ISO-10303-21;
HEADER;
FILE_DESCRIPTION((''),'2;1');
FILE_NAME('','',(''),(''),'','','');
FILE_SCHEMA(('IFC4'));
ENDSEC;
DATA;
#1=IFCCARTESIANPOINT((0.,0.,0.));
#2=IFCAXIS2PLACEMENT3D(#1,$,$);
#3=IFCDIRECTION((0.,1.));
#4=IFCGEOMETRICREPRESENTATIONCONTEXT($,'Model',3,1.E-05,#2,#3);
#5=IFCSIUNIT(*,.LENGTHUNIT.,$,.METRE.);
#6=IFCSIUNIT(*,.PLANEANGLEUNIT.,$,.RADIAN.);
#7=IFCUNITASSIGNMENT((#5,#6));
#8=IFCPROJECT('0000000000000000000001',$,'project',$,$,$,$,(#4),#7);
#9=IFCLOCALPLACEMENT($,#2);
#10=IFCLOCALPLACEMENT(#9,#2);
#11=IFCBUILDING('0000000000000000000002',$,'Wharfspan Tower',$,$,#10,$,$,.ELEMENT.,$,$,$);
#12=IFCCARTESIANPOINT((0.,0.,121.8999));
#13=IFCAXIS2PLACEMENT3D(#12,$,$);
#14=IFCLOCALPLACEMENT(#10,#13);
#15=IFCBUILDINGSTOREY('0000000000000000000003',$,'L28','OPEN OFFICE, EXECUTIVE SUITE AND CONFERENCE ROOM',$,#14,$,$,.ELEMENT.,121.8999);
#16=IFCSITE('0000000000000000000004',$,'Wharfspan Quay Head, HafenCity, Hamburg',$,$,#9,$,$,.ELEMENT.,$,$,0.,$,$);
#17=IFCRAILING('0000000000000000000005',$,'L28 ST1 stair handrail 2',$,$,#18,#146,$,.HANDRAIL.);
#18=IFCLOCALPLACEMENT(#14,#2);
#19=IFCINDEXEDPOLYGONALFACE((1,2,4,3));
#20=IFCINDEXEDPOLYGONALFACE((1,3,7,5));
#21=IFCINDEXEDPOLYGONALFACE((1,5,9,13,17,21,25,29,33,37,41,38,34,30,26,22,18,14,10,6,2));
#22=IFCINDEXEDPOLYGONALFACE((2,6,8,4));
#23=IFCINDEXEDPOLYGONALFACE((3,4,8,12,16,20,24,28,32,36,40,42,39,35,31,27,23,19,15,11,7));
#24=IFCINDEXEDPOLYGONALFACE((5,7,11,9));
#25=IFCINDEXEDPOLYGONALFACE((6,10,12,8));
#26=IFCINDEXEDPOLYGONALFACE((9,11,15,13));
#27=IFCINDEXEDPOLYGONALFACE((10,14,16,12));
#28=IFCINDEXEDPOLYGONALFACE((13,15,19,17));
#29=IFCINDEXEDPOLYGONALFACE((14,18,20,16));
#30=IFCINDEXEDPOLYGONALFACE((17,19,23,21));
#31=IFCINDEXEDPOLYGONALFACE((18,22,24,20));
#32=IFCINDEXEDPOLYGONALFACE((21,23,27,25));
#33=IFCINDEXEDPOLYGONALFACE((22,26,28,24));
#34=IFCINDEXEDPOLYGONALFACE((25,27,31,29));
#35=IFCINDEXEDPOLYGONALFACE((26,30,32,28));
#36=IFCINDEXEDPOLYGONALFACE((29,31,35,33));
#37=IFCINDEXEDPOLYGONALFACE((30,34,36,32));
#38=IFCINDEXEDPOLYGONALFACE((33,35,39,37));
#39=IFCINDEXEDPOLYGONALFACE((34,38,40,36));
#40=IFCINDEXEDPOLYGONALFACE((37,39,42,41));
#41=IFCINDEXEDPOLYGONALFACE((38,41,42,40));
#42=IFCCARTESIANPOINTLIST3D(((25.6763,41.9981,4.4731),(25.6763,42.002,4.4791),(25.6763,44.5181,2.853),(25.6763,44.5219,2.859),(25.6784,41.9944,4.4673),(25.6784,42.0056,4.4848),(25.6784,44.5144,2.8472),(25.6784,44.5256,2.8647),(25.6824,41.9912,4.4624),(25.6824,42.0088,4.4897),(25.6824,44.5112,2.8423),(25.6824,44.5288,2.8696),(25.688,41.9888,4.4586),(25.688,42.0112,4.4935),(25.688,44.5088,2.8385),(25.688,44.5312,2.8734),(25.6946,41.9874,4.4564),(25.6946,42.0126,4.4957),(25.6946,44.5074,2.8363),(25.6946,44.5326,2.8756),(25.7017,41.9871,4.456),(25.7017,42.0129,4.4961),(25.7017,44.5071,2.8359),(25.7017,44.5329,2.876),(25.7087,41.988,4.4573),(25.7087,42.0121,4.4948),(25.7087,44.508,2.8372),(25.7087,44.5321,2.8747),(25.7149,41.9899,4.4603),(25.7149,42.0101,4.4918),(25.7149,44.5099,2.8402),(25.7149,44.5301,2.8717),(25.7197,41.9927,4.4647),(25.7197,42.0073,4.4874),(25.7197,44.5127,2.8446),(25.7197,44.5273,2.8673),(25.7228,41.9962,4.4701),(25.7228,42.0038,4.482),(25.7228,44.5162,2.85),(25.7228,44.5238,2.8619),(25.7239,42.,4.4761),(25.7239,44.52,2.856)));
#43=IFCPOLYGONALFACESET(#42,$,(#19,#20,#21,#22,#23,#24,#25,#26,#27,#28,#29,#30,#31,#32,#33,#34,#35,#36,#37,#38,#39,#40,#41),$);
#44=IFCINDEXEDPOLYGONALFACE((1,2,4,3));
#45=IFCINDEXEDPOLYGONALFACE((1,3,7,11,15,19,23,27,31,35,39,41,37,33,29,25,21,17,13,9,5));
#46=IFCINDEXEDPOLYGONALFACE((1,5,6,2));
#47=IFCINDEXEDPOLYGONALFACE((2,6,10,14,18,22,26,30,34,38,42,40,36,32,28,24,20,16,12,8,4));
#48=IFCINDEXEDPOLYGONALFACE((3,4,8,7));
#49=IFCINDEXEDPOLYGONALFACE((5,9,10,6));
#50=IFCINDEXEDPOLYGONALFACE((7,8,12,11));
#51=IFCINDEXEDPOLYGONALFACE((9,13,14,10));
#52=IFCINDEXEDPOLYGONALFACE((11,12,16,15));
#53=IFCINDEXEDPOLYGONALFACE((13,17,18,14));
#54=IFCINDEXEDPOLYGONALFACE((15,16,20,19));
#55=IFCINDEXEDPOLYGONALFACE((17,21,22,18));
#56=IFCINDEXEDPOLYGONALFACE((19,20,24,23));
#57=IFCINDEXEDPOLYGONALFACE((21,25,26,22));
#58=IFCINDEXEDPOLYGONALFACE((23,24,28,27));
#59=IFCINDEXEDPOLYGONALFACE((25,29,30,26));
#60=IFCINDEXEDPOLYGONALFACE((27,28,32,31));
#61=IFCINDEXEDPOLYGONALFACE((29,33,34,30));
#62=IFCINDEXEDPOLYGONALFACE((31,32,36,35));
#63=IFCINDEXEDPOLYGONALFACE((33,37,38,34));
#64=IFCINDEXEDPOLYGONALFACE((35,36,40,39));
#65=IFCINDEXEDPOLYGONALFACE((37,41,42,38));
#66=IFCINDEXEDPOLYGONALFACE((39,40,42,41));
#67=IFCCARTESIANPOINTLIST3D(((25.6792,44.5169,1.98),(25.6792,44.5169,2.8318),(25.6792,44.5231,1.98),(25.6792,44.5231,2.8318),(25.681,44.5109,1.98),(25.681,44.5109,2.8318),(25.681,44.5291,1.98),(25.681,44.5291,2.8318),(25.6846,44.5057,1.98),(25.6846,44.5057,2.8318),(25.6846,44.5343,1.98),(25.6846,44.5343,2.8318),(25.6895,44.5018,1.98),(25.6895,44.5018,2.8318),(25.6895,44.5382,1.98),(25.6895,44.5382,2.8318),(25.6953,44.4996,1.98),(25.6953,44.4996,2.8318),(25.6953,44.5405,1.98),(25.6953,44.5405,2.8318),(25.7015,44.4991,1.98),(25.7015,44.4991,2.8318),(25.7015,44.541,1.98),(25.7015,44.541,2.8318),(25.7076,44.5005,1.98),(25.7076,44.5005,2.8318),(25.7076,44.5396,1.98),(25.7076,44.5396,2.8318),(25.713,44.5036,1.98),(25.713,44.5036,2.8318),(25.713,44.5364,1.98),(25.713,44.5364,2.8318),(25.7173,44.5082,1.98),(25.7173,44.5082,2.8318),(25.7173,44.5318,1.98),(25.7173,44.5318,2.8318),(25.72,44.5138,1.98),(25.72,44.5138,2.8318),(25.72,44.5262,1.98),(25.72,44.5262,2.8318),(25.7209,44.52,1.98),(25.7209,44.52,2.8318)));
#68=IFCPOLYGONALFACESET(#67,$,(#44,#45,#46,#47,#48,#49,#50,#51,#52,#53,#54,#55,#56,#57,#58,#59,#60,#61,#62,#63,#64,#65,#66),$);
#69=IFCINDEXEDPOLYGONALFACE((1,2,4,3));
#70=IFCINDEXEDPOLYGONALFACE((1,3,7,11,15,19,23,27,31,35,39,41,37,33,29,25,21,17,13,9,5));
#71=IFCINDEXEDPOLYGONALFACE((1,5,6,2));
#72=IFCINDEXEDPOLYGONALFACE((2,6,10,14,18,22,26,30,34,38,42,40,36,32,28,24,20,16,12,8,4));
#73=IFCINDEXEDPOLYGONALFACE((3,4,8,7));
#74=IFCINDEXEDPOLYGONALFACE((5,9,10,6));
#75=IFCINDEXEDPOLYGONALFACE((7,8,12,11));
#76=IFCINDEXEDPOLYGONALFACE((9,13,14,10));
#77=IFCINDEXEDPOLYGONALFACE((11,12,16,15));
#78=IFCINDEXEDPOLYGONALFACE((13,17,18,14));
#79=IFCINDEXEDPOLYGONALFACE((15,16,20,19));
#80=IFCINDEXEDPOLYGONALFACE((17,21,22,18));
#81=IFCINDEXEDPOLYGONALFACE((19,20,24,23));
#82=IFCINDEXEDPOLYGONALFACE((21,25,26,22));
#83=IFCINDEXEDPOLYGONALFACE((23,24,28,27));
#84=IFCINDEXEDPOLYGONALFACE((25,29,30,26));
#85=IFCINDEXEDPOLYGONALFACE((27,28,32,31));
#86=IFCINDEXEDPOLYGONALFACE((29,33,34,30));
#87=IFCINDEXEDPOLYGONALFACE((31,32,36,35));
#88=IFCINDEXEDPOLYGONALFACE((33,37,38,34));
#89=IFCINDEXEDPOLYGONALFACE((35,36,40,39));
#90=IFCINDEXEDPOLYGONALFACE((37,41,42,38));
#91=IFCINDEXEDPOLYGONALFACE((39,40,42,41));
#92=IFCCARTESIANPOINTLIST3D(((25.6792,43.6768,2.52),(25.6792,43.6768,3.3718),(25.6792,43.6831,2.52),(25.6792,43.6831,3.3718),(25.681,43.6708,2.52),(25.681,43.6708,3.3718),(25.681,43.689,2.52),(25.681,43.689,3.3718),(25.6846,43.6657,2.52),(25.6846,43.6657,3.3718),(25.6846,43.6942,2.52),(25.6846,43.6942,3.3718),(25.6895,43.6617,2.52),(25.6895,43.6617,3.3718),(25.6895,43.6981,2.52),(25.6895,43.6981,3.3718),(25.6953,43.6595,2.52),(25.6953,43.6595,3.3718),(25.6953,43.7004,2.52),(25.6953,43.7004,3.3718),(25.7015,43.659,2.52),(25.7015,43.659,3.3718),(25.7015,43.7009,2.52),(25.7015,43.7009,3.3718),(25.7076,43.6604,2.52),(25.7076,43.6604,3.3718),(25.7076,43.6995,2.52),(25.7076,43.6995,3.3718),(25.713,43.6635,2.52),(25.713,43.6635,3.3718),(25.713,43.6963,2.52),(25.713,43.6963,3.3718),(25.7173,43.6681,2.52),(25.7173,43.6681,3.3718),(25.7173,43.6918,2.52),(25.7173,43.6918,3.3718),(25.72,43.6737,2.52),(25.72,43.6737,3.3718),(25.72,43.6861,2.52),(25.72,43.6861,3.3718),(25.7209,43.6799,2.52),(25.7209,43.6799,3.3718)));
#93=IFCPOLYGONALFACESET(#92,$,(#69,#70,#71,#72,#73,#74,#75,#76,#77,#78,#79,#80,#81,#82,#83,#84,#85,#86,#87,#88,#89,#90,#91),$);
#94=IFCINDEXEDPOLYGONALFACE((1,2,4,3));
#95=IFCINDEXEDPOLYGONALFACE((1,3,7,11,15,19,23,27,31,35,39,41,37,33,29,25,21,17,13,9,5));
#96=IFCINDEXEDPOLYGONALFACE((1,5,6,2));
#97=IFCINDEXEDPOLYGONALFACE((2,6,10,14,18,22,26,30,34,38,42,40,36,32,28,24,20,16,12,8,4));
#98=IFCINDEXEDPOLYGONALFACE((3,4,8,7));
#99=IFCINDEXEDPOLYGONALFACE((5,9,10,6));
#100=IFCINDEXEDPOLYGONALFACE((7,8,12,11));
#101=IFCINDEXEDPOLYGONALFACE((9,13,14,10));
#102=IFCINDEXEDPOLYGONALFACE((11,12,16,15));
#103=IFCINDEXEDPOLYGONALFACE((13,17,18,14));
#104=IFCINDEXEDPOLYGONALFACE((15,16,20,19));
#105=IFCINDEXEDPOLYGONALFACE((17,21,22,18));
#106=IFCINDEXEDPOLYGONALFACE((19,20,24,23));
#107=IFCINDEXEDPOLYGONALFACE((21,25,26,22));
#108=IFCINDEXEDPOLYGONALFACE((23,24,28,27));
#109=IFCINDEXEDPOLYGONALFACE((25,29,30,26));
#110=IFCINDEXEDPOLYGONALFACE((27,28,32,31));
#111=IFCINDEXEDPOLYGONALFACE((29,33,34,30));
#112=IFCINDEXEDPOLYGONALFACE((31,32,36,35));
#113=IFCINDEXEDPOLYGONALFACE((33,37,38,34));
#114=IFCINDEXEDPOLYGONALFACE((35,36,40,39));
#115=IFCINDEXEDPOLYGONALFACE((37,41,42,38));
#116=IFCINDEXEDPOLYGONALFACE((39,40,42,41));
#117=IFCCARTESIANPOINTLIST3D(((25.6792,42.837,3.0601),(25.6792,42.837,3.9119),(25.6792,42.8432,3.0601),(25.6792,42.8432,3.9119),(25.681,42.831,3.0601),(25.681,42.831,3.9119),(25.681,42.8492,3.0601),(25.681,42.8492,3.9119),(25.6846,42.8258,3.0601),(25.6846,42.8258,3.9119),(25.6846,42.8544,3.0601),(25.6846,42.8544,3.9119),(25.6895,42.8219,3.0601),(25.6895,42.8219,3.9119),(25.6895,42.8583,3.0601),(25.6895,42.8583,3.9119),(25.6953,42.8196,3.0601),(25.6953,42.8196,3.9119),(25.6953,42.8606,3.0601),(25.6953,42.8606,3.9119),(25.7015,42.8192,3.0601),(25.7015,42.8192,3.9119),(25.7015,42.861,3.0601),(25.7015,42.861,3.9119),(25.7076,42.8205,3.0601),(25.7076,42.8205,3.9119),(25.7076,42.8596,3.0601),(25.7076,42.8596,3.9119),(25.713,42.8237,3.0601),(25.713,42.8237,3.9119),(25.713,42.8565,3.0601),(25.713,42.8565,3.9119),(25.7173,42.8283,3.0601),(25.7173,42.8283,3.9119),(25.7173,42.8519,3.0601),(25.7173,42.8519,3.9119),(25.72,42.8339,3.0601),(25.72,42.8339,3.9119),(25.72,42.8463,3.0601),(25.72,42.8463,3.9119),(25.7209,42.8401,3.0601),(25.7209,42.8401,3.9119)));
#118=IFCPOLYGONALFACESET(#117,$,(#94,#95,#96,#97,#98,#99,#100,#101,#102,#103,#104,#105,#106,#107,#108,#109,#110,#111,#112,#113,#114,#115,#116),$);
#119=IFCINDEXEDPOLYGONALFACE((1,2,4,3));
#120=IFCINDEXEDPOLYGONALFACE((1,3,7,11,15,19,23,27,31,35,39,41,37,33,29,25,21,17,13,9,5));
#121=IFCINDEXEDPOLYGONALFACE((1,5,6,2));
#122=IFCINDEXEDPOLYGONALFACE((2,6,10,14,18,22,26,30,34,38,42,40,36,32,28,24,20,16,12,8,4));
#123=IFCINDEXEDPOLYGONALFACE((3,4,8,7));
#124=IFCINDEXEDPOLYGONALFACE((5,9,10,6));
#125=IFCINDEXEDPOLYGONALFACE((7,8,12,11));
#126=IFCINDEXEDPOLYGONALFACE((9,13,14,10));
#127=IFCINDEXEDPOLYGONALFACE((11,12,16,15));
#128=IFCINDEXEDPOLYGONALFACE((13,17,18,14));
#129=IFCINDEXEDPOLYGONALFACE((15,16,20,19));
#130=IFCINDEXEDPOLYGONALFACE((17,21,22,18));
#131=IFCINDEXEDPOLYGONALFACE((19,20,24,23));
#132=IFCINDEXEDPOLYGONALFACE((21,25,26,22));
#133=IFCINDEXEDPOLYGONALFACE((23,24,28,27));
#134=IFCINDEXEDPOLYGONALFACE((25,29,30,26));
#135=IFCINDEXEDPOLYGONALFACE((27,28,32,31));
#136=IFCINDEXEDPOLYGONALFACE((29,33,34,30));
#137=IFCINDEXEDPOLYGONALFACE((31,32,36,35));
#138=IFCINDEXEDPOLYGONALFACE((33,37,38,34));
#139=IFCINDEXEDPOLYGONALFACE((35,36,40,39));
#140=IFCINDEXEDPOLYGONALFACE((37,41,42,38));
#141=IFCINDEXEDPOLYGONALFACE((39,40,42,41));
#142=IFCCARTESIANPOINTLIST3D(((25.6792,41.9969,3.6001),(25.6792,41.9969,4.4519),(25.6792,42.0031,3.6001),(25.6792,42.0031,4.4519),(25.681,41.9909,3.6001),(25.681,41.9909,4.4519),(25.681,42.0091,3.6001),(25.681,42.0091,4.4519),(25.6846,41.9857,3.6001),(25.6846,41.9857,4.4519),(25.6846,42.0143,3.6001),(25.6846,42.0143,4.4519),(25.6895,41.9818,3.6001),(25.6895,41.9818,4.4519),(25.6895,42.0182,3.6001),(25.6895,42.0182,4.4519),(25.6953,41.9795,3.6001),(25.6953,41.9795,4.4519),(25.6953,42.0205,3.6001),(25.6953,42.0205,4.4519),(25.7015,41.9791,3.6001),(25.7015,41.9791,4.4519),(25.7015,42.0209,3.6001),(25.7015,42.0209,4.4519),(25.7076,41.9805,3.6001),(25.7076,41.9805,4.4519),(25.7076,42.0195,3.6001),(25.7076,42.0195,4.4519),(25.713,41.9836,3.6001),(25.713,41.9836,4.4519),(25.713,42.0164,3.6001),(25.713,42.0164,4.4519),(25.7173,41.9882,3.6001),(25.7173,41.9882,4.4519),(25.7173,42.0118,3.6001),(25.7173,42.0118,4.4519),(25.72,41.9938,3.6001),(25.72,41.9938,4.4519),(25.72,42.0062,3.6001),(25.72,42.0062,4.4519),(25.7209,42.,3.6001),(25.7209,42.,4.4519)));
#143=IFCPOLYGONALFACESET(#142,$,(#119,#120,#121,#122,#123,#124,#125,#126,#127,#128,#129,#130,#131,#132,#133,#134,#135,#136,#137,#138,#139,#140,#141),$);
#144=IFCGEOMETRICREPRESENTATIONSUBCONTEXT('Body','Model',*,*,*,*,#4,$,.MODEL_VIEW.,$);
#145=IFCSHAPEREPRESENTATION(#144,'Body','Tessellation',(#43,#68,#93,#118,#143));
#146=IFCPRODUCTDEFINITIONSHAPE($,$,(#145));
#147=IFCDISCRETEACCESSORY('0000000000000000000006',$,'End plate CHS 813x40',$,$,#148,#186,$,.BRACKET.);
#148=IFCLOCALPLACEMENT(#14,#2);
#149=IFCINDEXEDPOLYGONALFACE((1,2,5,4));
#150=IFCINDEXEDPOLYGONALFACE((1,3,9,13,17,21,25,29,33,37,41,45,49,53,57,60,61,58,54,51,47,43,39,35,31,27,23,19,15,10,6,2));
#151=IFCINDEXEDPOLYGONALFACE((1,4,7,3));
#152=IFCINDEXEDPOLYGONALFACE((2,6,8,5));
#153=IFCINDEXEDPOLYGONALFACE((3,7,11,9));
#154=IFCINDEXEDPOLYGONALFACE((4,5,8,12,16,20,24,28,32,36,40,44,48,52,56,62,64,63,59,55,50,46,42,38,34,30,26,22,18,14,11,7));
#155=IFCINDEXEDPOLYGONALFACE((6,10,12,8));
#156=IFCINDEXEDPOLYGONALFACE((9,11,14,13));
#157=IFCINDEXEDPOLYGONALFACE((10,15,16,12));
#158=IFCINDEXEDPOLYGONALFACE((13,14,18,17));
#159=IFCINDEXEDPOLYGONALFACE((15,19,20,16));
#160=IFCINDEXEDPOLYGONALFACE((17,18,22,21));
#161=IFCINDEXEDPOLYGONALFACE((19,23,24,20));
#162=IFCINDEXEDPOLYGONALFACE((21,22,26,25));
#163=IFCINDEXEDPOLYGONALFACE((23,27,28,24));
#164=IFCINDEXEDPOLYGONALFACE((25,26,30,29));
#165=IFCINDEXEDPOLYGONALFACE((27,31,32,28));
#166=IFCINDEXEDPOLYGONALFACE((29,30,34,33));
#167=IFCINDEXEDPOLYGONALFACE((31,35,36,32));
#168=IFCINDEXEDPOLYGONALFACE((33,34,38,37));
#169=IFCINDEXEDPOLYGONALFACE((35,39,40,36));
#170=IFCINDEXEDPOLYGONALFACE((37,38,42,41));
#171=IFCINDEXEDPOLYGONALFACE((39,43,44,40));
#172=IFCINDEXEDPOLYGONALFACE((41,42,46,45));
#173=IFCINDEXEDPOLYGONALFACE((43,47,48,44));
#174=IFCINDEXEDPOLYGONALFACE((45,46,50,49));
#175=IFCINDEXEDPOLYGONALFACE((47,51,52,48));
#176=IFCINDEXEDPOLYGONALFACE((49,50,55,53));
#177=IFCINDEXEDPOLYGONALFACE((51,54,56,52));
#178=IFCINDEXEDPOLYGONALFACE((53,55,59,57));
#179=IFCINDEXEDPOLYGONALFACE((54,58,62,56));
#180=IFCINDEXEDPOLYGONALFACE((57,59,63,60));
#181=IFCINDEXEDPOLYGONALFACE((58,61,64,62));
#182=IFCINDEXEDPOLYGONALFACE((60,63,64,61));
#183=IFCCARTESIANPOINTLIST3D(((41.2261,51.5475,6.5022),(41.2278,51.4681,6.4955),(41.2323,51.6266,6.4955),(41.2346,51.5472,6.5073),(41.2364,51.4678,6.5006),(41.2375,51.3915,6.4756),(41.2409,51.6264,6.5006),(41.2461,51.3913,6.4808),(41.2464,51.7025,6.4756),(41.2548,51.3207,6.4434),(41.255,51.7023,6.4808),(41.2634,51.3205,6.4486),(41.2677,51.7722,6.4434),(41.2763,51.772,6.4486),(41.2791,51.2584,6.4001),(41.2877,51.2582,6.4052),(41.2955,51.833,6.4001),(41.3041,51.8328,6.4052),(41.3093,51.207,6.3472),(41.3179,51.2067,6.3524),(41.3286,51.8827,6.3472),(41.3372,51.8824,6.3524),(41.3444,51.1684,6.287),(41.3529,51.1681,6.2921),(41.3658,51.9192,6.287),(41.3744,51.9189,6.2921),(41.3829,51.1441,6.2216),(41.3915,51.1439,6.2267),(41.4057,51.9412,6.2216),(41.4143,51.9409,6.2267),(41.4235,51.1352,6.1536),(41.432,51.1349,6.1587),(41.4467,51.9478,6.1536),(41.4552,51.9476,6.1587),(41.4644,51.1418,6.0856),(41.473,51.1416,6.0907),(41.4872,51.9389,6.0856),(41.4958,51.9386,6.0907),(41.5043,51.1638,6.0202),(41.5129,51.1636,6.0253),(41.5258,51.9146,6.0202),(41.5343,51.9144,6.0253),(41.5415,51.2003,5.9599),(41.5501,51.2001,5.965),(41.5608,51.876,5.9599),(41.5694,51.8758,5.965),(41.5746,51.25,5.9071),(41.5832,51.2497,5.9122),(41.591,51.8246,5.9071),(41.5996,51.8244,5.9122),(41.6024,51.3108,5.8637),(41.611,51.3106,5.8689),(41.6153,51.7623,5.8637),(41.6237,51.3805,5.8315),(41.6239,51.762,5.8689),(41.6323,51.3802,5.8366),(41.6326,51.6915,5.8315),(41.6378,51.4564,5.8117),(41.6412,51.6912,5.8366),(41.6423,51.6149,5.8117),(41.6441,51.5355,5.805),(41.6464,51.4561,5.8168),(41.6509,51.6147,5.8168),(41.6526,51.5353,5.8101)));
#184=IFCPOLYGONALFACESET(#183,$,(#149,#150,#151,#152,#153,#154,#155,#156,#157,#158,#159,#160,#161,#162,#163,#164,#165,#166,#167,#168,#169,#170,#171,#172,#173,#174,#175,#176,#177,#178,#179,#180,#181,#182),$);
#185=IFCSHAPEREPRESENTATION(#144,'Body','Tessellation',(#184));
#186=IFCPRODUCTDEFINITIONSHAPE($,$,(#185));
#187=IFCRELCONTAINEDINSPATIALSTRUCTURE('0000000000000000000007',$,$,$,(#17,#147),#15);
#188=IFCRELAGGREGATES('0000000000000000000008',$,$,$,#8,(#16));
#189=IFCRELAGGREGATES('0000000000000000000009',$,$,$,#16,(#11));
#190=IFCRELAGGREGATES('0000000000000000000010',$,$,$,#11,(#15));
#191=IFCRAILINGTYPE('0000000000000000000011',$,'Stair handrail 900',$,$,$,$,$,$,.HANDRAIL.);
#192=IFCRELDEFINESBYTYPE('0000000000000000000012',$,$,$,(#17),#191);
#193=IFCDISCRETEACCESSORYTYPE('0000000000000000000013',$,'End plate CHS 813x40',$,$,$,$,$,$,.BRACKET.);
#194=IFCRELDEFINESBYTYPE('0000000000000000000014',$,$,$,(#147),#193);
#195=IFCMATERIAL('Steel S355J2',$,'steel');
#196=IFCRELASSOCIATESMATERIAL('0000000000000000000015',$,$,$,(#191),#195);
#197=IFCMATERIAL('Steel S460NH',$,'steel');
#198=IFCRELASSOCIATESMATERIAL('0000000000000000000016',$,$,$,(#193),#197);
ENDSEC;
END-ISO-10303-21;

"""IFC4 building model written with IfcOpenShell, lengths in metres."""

from ifc_helpers import new_model, si_unit, direction, frame, origin, origin_2d, place, context, subcontext, project, spatial, circle, extrude, material, material_profile, profile_set, type_object, element, save


model = new_model("IFC4")

# Units and contexts
model_context = context("Model", 3, precision=1e-05, world=origin(), true_north=direction((0.0, 1.0)))
body_context = subcontext(model_context, "Body", "Model", "MODEL_VIEW")
ifc_project = project(units=[si_unit("LENGTHUNIT", "METRE"), si_unit("PLANEANGLEUNIT", "RADIAN")], contexts=[model_context])

# Site, building, storey
site_placement = place(None, origin())
site = spatial("IfcSite", under=ifc_project, at=site_placement, Name="Wharfspan Quay Head, HafenCity, Hamburg", CompositionType="ELEMENT", RefElevation=0.0)
building_placement = place(site_placement, origin())
building = spatial("IfcBuilding", under=site, at=building_placement, Name="Wharfspan Tower", CompositionType="ELEMENT")
storey_placement = place(building_placement, frame((0.0, 0.0, 121.8999)))
storey = spatial("IfcBuildingStorey", under=building, at=storey_placement, Name="L28", Description="OPEN OFFICE, EXECUTIVE SUITE AND CONFERENCE ROOM", CompositionType="ELEMENT", Elevation=121.8999)

# Shared definitions
ifc_material_1 = material(Name="Steel S355J2", Category="steel")

# Shared definitions
ifc_material_2 = material(Name="Steel S460NH", Category="steel")

# Railing
railing_type_1 = type_object("IfcRailingType", Name="Stair handrail 900", PredefinedType="HANDRAIL", material=ifc_material_1)
railing_1_placement = place(storey_placement, frame((25.7, 44.52, 1.98)))
element("IfcRailing", 1, at=railing_1_placement, inside=storey, type_object=railing_type_1, Name="L28 ST1 stair handrail 2", PredefinedType="HANDRAIL", context=body_context, shape_type="SweptSolid", body=[
    extrude(circle(Radius=0.0239, at=origin_2d()), frame((0.0, 0.0, 0.876), z_axis=(0.0, -0.841163, 0.540782), x_axis=(1.0, 0.0, 0.0)), (0.0, 0.0, 1.0), 2.9958),
    extrude(circle(Radius=0.021, at=origin_2d()), origin(), (0.0, 0.0, 1.0), 0.8518),
    extrude(circle(Radius=0.021, at=origin_2d()), frame((0.0, -0.8401, 0.54)), (0.0, 0.0, 1.0), 0.8518),
    extrude(circle(Radius=0.021, at=origin_2d()), frame((0.0, -1.6799, 1.0801)), (0.0, 0.0, 1.0), 0.8518),
    extrude(circle(Radius=0.021, at=origin_2d()), frame((0.0, -2.52, 1.6201)), (0.0, 0.0, 1.0), 0.8518),
])

# Discrete accessory
ifc_material_profile_1 = material_profile(ifc_material_2, circle(Radius=0.4065, at=origin_2d()))
ifc_profile_set_1 = profile_set([ifc_material_profile_1], Name="Steel S460NH")
discrete_accessory_type = type_object("IfcDiscreteAccessoryType", Name="End plate CHS 813x40", PredefinedType="BRACKET", material=ifc_profile_set_1)
for number, where, z_axis, x_axis, name in (
    (2, (41.4351, 51.5415, 6.1536), (0.857236, -0.024492, 0.514341), (0.028558, 0.999591, 0.000002), "End plate CHS 813x40"),
):
    element("IfcDiscreteAccessory", number, at=place(storey_placement, frame(where, z_axis=z_axis, x_axis=x_axis)), inside=storey, type_object=discrete_accessory_type, Name=name, PredefinedType="BRACKET", context=body_context, shape_type="SweptSolid", body=[
        extrude(circle(Radius=0.4065, at=origin_2d()), origin(), (0.0, 0.0, 1.0), 0.01),
    ])

save(model, "model.ifc")
